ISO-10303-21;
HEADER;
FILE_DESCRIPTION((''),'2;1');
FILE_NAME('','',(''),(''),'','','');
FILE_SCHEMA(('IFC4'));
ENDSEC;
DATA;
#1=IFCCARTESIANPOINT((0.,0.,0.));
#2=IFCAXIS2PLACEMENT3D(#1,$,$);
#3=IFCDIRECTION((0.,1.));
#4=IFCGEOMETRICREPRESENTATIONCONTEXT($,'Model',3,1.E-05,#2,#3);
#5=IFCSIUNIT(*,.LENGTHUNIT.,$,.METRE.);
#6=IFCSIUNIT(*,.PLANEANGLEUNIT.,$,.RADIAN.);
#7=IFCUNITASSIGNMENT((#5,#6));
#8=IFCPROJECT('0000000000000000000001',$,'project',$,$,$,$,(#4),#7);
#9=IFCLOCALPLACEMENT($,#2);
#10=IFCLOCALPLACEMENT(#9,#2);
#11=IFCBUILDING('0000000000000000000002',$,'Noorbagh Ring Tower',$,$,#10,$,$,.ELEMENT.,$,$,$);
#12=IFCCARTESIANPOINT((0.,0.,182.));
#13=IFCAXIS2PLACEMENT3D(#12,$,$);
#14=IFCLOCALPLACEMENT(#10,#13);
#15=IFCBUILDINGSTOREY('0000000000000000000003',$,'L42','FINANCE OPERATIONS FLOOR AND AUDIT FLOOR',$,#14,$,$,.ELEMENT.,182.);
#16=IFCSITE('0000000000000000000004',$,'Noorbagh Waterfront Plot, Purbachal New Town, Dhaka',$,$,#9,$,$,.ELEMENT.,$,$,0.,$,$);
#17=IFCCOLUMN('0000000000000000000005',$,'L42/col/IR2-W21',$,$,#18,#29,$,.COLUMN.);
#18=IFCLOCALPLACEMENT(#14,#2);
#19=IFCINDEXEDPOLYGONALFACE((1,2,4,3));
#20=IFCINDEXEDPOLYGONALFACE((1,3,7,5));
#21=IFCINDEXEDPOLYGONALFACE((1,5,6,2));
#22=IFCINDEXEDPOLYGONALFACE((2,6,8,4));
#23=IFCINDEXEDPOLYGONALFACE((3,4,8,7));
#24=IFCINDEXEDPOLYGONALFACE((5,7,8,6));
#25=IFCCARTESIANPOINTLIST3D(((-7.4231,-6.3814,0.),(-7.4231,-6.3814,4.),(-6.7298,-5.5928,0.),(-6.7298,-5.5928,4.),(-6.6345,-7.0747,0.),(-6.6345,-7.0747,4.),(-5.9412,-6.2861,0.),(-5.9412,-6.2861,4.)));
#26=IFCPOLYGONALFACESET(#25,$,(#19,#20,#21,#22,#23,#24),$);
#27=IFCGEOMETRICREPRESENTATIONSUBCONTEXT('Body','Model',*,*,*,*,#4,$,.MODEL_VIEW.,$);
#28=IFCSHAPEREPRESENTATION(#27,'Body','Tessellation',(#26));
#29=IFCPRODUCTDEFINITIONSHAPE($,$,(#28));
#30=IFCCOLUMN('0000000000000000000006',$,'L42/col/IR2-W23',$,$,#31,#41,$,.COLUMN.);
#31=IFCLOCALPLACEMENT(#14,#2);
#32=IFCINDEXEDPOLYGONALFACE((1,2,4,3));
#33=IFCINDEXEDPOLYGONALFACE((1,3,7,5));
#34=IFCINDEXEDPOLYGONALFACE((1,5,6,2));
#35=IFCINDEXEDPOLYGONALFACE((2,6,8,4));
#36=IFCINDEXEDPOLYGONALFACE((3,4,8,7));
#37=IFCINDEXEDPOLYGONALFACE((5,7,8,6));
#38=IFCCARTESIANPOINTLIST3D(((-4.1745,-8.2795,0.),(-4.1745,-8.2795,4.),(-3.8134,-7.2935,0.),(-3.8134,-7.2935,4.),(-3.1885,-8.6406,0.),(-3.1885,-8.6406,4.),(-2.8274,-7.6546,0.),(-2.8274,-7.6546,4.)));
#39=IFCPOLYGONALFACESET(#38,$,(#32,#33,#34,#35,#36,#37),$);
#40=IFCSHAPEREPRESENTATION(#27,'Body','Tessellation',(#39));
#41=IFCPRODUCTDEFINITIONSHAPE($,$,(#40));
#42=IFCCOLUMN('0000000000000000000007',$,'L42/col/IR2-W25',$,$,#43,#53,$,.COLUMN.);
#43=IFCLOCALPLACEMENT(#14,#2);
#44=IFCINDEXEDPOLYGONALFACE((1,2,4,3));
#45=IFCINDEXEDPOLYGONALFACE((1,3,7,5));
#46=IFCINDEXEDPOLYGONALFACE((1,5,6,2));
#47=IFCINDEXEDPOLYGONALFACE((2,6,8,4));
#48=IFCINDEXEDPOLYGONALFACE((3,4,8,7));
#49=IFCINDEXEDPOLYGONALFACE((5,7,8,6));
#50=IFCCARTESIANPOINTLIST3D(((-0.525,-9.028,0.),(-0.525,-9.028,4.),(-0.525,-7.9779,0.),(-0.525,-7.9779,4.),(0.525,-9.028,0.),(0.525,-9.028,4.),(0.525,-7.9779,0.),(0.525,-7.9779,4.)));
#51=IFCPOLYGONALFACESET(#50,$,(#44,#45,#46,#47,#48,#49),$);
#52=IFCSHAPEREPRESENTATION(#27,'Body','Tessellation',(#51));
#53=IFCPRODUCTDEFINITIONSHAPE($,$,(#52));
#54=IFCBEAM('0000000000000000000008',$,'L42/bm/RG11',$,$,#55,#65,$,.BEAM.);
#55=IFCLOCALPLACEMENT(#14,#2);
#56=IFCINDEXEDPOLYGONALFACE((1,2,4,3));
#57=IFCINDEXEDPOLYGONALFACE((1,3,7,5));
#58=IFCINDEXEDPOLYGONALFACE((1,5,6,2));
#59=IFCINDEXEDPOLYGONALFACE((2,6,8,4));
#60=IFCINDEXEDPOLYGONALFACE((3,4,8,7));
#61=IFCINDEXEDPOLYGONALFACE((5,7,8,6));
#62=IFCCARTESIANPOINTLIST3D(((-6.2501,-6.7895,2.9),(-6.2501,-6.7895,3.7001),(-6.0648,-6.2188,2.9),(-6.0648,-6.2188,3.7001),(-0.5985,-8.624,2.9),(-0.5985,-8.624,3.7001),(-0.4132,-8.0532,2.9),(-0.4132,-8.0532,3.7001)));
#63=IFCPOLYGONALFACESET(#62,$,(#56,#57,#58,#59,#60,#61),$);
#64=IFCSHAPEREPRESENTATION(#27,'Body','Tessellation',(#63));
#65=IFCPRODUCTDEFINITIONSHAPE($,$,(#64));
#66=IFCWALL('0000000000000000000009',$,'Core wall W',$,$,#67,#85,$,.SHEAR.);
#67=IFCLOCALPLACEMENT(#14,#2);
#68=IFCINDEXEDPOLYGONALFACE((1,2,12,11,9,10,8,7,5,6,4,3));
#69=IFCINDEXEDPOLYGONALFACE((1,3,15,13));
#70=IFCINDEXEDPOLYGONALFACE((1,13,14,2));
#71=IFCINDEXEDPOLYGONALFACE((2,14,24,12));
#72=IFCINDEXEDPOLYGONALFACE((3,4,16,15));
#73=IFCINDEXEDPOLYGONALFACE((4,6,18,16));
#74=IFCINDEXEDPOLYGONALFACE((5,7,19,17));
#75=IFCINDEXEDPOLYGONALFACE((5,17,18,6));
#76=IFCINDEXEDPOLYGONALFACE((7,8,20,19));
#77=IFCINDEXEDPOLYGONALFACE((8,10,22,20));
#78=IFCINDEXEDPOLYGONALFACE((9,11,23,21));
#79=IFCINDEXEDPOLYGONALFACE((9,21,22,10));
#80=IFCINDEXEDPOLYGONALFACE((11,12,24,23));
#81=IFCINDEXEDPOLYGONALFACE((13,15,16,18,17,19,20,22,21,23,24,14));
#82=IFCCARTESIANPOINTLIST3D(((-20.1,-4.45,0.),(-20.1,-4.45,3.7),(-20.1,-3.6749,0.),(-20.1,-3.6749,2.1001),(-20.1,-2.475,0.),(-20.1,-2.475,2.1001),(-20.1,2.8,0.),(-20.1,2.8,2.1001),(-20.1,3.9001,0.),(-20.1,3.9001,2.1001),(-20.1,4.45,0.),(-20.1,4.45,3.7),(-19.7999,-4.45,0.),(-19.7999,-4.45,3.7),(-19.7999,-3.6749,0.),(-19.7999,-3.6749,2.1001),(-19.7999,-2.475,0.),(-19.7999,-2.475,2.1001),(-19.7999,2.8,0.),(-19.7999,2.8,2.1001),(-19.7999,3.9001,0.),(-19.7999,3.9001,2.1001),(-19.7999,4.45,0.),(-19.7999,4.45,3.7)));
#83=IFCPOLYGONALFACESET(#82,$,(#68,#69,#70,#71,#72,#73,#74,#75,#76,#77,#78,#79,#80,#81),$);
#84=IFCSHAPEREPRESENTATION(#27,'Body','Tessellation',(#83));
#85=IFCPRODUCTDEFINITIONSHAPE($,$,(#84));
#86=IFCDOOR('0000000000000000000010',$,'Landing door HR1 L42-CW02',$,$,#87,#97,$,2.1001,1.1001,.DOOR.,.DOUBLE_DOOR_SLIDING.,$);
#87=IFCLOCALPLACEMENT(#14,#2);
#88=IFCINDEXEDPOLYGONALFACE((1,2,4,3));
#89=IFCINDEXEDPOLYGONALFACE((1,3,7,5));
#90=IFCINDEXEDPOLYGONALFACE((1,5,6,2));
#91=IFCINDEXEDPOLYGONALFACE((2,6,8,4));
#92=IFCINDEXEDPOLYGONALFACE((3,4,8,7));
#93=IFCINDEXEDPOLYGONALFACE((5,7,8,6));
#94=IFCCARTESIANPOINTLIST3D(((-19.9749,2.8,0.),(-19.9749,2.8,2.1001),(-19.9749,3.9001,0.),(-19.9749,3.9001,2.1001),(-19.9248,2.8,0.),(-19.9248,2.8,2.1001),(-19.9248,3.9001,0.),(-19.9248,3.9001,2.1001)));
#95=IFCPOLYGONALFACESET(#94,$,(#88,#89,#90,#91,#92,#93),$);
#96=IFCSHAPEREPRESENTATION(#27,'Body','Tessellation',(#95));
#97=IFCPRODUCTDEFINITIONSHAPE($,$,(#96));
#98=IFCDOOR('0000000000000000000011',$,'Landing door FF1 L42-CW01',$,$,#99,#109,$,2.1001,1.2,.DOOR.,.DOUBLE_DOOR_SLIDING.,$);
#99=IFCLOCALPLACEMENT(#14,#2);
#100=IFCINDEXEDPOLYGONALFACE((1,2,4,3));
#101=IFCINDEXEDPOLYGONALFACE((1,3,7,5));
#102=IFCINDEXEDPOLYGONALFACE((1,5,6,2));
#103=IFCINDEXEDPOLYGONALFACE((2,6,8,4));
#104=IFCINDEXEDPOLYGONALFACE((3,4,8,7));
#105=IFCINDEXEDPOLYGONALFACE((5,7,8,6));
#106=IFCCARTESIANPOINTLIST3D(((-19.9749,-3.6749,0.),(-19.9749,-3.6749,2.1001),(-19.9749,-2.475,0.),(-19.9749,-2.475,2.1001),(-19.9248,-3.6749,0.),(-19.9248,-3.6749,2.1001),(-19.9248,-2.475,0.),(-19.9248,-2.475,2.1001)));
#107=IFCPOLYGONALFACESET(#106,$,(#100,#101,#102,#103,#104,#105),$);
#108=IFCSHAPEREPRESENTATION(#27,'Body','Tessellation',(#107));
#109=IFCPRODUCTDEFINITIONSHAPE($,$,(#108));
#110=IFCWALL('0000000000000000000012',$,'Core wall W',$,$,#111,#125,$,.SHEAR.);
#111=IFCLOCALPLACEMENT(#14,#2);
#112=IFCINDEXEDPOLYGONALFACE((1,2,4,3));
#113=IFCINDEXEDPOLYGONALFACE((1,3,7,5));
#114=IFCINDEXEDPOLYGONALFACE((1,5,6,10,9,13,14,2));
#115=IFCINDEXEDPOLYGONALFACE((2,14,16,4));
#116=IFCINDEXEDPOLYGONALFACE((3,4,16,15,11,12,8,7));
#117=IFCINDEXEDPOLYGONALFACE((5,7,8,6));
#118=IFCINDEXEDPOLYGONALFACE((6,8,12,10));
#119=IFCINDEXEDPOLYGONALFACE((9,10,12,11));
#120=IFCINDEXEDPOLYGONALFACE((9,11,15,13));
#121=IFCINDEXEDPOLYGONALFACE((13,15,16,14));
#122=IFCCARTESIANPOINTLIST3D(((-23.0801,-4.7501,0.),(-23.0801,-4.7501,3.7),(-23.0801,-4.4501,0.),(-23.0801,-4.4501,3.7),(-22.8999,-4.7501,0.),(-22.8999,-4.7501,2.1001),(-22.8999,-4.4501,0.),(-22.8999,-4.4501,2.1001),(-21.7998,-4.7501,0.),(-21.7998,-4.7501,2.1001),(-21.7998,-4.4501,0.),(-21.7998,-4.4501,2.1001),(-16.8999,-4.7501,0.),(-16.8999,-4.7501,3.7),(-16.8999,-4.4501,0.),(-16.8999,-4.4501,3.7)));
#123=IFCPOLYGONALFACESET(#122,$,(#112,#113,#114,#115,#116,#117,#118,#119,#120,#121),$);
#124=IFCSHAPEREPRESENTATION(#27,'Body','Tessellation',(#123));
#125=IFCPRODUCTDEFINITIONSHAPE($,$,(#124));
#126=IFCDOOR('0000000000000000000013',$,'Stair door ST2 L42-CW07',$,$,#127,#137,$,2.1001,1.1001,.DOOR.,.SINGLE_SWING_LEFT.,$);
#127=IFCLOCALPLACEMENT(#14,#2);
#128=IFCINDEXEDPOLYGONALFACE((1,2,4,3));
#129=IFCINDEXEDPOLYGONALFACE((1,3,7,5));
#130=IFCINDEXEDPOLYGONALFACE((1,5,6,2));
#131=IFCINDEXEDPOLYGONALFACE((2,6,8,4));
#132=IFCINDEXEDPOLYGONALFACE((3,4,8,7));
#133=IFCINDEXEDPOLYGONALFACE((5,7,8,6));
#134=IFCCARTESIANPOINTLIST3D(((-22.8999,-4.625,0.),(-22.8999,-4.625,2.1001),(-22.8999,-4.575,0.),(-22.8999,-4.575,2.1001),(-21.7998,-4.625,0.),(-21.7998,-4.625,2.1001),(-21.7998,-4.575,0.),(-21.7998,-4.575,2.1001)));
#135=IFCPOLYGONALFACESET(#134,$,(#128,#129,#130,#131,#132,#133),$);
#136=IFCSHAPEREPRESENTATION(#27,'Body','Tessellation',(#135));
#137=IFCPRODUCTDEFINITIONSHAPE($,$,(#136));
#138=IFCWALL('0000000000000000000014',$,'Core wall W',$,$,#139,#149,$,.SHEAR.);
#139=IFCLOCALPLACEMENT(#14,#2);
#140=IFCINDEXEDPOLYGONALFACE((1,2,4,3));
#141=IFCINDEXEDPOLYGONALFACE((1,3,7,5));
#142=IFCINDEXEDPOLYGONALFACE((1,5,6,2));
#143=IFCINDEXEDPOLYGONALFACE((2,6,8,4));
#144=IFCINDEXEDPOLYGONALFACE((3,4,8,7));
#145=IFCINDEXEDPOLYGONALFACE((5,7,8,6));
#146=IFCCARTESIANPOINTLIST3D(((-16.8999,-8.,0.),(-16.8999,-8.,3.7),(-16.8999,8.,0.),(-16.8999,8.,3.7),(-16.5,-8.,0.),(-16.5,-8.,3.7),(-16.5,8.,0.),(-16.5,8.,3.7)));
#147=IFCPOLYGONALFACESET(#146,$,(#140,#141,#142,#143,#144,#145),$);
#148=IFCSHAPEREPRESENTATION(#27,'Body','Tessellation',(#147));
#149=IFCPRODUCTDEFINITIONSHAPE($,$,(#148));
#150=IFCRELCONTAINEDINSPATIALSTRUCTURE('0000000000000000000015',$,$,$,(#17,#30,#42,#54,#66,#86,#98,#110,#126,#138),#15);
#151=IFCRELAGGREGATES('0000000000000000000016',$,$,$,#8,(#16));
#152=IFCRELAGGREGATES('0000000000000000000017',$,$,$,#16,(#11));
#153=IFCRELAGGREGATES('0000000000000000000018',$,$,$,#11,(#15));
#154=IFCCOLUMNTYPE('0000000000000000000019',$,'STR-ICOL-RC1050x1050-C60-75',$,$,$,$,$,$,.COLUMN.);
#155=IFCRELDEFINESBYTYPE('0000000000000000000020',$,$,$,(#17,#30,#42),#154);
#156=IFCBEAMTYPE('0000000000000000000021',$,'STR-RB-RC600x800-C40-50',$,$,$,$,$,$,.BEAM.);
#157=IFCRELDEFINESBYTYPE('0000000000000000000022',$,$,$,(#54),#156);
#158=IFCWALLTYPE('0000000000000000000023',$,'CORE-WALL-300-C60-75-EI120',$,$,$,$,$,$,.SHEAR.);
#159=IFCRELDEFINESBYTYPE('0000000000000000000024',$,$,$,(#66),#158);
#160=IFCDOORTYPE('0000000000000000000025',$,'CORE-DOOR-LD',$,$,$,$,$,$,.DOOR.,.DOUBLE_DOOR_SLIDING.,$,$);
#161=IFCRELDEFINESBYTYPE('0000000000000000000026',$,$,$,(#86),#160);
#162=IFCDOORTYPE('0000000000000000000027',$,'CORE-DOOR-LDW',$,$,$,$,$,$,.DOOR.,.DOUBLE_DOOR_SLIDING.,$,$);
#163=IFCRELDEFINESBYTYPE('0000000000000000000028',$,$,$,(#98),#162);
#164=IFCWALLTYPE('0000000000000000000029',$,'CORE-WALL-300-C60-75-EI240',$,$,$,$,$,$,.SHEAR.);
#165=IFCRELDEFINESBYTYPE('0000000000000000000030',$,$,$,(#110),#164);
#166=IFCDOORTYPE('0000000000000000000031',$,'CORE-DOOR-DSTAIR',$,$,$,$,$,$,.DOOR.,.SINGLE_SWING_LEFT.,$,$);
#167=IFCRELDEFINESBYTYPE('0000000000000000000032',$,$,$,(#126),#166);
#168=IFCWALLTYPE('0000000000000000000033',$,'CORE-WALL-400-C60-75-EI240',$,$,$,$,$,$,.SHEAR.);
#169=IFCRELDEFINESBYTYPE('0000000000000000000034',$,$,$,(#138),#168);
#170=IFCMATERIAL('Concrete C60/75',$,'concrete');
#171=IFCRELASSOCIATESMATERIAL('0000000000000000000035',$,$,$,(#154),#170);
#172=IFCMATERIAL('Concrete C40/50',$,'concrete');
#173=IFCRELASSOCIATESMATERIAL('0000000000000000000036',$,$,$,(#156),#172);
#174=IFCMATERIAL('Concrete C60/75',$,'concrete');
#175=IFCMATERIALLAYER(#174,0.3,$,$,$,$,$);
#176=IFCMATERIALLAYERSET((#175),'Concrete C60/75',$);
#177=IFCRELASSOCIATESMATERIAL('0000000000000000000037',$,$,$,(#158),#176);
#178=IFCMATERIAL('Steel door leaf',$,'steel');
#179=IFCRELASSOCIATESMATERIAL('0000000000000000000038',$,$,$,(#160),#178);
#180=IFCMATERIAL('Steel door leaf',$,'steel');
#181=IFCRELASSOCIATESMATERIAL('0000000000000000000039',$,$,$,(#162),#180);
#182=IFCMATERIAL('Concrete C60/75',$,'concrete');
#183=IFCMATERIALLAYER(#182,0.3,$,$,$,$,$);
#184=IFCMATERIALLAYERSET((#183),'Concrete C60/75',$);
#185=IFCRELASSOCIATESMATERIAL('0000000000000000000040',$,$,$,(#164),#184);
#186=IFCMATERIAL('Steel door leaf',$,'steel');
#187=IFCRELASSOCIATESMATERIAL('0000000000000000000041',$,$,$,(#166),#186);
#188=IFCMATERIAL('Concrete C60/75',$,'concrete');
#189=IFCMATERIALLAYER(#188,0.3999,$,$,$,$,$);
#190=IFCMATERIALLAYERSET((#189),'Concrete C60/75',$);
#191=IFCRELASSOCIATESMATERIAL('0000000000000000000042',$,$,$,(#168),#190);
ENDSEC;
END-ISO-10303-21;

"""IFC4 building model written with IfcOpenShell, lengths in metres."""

from ifc_helpers import new_model, si_unit, direction, frame, frame_2d, origin, origin_2d, place, context, subcontext, project, spatial, rectangle, extrude, material, layer, layer_set, material_profile, profile_set, type_object, element, fill, save


model = new_model("IFC4")

# Units and contexts
model_context = context("Model", 3, precision=1e-05, world=origin(), true_north=direction((0.0, 1.0)))
body_context = subcontext(model_context, "Body", "Model", "MODEL_VIEW")
ifc_project = project(units=[si_unit("LENGTHUNIT", "METRE"), si_unit("PLANEANGLEUNIT", "RADIAN")], contexts=[model_context])

# Site, building, storey
site_placement = place(None, origin())
site = spatial("IfcSite", under=ifc_project, at=site_placement, Name="Noorbagh Waterfront Plot, Purbachal New Town, Dhaka", CompositionType="ELEMENT", RefElevation=0.0)
building_placement = place(site_placement, origin())
building = spatial("IfcBuilding", under=site, at=building_placement, Name="Noorbagh Ring Tower", CompositionType="ELEMENT")
storey_placement = place(building_placement, frame((0.0, 0.0, 182.0)))
storey = spatial("IfcBuildingStorey", under=building, at=storey_placement, Name="L42", Description="FINANCE OPERATIONS FLOOR AND AUDIT FLOOR", CompositionType="ELEMENT", Elevation=182.0)

# Columns
ifc_material_1 = material(Name="Concrete C60/75", Category="concrete")
ifc_material_profile_1 = material_profile(ifc_material_1, rectangle(XDim=1.05, YDim=1.05, at=origin_2d()), Name="RC1050x1050")
ifc_profile_set_1 = profile_set([ifc_material_profile_1], Name="Concrete C60/75")
column_type = type_object("IfcColumnType", Name="STR-ICOL-RC1050x1050-C60-75", PredefinedType="COLUMN", material=ifc_profile_set_1)
for number, where, z_axis, x_axis, name in (
    (1, (-6.6821, -6.3337, 0.0), (0.0, 0.0, 1.0), (0.751022, -0.660277, 0.0), "L42/col/IR2-W21"),
    (2, (-3.501, -7.967, 0.0), (0.0, 0.0, 1.0), (0.93902, -0.343864, 0.0), "L42/col/IR2-W23"),
    (3, (0.0, -8.5029, 0.0), (0.0, 0.0, 1.0), (1.0, 0.0, 0.0), "L42/col/IR2-W25"),
):
    element("IfcColumn", number, at=place(storey_placement, frame(where, z_axis=z_axis, x_axis=x_axis)), inside=storey, type_object=column_type, Name=name, PredefinedType="COLUMN", context=body_context, shape_type="SweptSolid", body=[
        extrude(rectangle(XDim=1.05, YDim=1.05, at=origin_2d()), origin(), (0.0, 0.0, 1.0), 4.0),
    ])

# Beam
ifc_material_2 = material(Name="Concrete C40/50", Category="concrete")
ifc_material_profile_2 = material_profile(ifc_material_2, rectangle(XDim=0.6001, YDim=0.8, at=origin_2d()), Name="RC600x800")
ifc_profile_set_2 = profile_set([ifc_material_profile_2], Name="Concrete C40/50")
beam_type = type_object("IfcBeamType", Name="STR-RB-RC600x800-C40-50", PredefinedType="BEAM", material=ifc_profile_set_2)
beam_placement = place(storey_placement, frame((-6.1575, -6.5042, 3.3), z_axis=(0.951148, -0.308736, 0.0), x_axis=(0.308736, 0.951148, 0.0)))
element("IfcBeam", 4, at=beam_placement, inside=storey, type_object=beam_type, Name="L42/bm/RG11", PredefinedType="BEAM", context=body_context, shape_type="SweptSolid", body=[
    extrude(rectangle(XDim=0.6001, YDim=0.8, at=origin_2d()), origin(), (0.0, 0.0, 1.0), 5.9419),
])

# Wall, openings, doors
ifc_material_3 = material(Name="Concrete C60/75", Category="concrete")
ifc_layer_1 = layer(ifc_material_3, 0.3)
ifc_layer_set_1 = layer_set([ifc_layer_1], Name="Concrete C60/75")
wall_type_1 = type_object("IfcWallType", Name="CORE-WALL-300-C60-75-EI120", PredefinedType="SHEAR", material=ifc_layer_set_1)
wall_1_placement = place(storey_placement, frame((-19.95, -4.45, 0.0), z_axis=(0.0, 0.0, 1.0), x_axis=(0.0, 1.0, 0.0)))
wall_1 = element("IfcWall", 5, at=wall_1_placement, inside=storey, type_object=wall_type_1, Name="Core wall W", PredefinedType="SHEAR", context=body_context, shape_type="SweptSolid", body=[
    extrude(rectangle(XDim=8.8999, YDim=0.3, at=frame_2d((4.45, 0.0))), origin(), (0.0, 0.0, 1.0), 3.7),
])
opening_1_placement = place(wall_1_placement, frame((0.7749, 0.0, 0.0)))
opening_1 = element("IfcOpeningElement", 6, at=opening_1_placement, cuts=wall_1, PredefinedType="OPENING", context=body_context, shape_type="SweptSolid", body=[
    extrude(rectangle(XDim=1.2, YDim=2.1001, at=frame_2d((0.6001, 1.05))), frame((0.0, 0.1602, 0.0), z_axis=(0.0, -1.0, 0.0), x_axis=(1.0, 0.0, 0.0)), (0.0, 0.0, 1.0), 0.3201),
])
opening_2_placement = place(wall_1_placement, frame((7.25, 0.0, 0.0)))
opening_2 = element("IfcOpeningElement", 7, at=opening_2_placement, cuts=wall_1, PredefinedType="OPENING", context=body_context, shape_type="SweptSolid", body=[
    extrude(rectangle(XDim=1.1001, YDim=2.1001, at=frame_2d((0.55, 1.05))), frame((0.0, 0.1602, 0.0), z_axis=(0.0, -1.0, 0.0), x_axis=(1.0, 0.0, 0.0)), (0.0, 0.0, 1.0), 0.3201),
])
ifc_material_4 = material(Name="Steel door leaf", Category="steel")
door_type_1 = type_object("IfcDoorType", Name="CORE-DOOR-LD", OperationType="DOUBLE_DOOR_SLIDING", PredefinedType="DOOR", material=ifc_material_4)
door_1_placement = place(opening_2_placement, origin())
door_1 = element("IfcDoor", 8, at=door_1_placement, inside=storey, type_object=door_type_1, Name="Landing door HR1 L42-CW02", OperationType="DOUBLE_DOOR_SLIDING", OverallHeight=2.1001, OverallWidth=1.1001, PredefinedType="DOOR", context=body_context, shape_type="SweptSolid", body=[
    extrude(rectangle(XDim=1.1001, YDim=2.1001, at=frame_2d((0.55, 1.05))), frame((0.0, 0.0249, 0.0), z_axis=(0.0, -1.0, 0.0), x_axis=(1.0, 0.0, 0.0)), (0.0, 0.0, 1.0), 0.05),
])
fill(opening_2, door_1)
ifc_material_5 = material(Name="Steel door leaf", Category="steel")
door_type_2 = type_object("IfcDoorType", Name="CORE-DOOR-LDW", OperationType="DOUBLE_DOOR_SLIDING", PredefinedType="DOOR", material=ifc_material_5)
door_2_placement = place(opening_1_placement, origin())
door_2 = element("IfcDoor", 9, at=door_2_placement, inside=storey, type_object=door_type_2, Name="Landing door FF1 L42-CW01", OperationType="DOUBLE_DOOR_SLIDING", OverallHeight=2.1001, OverallWidth=1.2, PredefinedType="DOOR", context=body_context, shape_type="SweptSolid", body=[
    extrude(rectangle(XDim=1.2, YDim=2.1001, at=frame_2d((0.6001, 1.05))), frame((0.0, 0.0249, 0.0), z_axis=(0.0, -1.0, 0.0), x_axis=(1.0, 0.0, 0.0)), (0.0, 0.0, 1.0), 0.05),
])
fill(opening_1, door_2)

# Wall, opening, door
ifc_material_6 = material(Name="Concrete C60/75", Category="concrete")
ifc_layer_2 = layer(ifc_material_6, 0.3)
ifc_layer_set_2 = layer_set([ifc_layer_2], Name="Concrete C60/75")
wall_type_2 = type_object("IfcWallType", Name="CORE-WALL-300-C60-75-EI240", PredefinedType="SHEAR", material=ifc_layer_set_2)
wall_2_placement = place(storey_placement, frame((-16.8999, -4.6001, 0.0), z_axis=(0.0, 0.0, 1.0), x_axis=(-1.0, 0.0, 0.0)))
wall_2 = element("IfcWall", 10, at=wall_2_placement, inside=storey, type_object=wall_type_2, Name="Core wall W", PredefinedType="SHEAR", context=body_context, shape_type="SweptSolid", body=[
    extrude(rectangle(XDim=6.1802, YDim=0.3, at=frame_2d((3.0901, 0.0))), origin(), (0.0, 0.0, 1.0), 3.7),
])
opening_3_placement = place(wall_2_placement, frame((4.8999, 0.0, 0.0)))
opening_3 = element("IfcOpeningElement", 11, at=opening_3_placement, cuts=wall_2, PredefinedType="OPENING", context=body_context, shape_type="SweptSolid", body=[
    extrude(rectangle(XDim=1.1001, YDim=2.1001, at=frame_2d((0.55, 1.05))), frame((0.0, 0.1602, 0.0), z_axis=(0.0, -1.0, 0.0), x_axis=(1.0, 0.0, 0.0)), (0.0, 0.0, 1.0), 0.3201),
])
ifc_material_7 = material(Name="Steel door leaf", Category="steel")
door_type_3 = type_object("IfcDoorType", Name="CORE-DOOR-DSTAIR", OperationType="SINGLE_SWING_LEFT", PredefinedType="DOOR", material=ifc_material_7)
door_3_placement = place(opening_3_placement, origin())
door_3 = element("IfcDoor", 12, at=door_3_placement, inside=storey, type_object=door_type_3, Name="Stair door ST2 L42-CW07", OperationType="SINGLE_SWING_LEFT", OverallHeight=2.1001, OverallWidth=1.1001, PredefinedType="DOOR", context=body_context, shape_type="SweptSolid", body=[
    extrude(rectangle(XDim=1.1001, YDim=2.1001, at=frame_2d((0.55, 1.05))), frame((0.0, 0.0249, 0.0), z_axis=(0.0, -1.0, 0.0), x_axis=(1.0, 0.0, 0.0)), (0.0, 0.0, 1.0), 0.05),
])
fill(opening_3, door_3)

# Wall
ifc_material_8 = material(Name="Concrete C60/75", Category="concrete")
ifc_layer_3 = layer(ifc_material_8, 0.3999)
ifc_layer_set_3 = layer_set([ifc_layer_3], Name="Concrete C60/75")
wall_type_3 = type_object("IfcWallType", Name="CORE-WALL-400-C60-75-EI240", PredefinedType="SHEAR", material=ifc_layer_set_3)
wall_3_placement = place(storey_placement, frame((-16.7, -8.0, 0.0), z_axis=(0.0, 0.0, 1.0), x_axis=(0.0, 1.0, 0.0)))
element("IfcWall", 13, at=wall_3_placement, inside=storey, type_object=wall_type_3, Name="Core wall W", PredefinedType="SHEAR", context=body_context, shape_type="SweptSolid", body=[
    extrude(rectangle(XDim=16.0, YDim=0.3999, at=frame_2d((8.0, 0.0))), origin(), (0.0, 0.0, 1.0), 3.7),
])

save(model, "model.ifc")
